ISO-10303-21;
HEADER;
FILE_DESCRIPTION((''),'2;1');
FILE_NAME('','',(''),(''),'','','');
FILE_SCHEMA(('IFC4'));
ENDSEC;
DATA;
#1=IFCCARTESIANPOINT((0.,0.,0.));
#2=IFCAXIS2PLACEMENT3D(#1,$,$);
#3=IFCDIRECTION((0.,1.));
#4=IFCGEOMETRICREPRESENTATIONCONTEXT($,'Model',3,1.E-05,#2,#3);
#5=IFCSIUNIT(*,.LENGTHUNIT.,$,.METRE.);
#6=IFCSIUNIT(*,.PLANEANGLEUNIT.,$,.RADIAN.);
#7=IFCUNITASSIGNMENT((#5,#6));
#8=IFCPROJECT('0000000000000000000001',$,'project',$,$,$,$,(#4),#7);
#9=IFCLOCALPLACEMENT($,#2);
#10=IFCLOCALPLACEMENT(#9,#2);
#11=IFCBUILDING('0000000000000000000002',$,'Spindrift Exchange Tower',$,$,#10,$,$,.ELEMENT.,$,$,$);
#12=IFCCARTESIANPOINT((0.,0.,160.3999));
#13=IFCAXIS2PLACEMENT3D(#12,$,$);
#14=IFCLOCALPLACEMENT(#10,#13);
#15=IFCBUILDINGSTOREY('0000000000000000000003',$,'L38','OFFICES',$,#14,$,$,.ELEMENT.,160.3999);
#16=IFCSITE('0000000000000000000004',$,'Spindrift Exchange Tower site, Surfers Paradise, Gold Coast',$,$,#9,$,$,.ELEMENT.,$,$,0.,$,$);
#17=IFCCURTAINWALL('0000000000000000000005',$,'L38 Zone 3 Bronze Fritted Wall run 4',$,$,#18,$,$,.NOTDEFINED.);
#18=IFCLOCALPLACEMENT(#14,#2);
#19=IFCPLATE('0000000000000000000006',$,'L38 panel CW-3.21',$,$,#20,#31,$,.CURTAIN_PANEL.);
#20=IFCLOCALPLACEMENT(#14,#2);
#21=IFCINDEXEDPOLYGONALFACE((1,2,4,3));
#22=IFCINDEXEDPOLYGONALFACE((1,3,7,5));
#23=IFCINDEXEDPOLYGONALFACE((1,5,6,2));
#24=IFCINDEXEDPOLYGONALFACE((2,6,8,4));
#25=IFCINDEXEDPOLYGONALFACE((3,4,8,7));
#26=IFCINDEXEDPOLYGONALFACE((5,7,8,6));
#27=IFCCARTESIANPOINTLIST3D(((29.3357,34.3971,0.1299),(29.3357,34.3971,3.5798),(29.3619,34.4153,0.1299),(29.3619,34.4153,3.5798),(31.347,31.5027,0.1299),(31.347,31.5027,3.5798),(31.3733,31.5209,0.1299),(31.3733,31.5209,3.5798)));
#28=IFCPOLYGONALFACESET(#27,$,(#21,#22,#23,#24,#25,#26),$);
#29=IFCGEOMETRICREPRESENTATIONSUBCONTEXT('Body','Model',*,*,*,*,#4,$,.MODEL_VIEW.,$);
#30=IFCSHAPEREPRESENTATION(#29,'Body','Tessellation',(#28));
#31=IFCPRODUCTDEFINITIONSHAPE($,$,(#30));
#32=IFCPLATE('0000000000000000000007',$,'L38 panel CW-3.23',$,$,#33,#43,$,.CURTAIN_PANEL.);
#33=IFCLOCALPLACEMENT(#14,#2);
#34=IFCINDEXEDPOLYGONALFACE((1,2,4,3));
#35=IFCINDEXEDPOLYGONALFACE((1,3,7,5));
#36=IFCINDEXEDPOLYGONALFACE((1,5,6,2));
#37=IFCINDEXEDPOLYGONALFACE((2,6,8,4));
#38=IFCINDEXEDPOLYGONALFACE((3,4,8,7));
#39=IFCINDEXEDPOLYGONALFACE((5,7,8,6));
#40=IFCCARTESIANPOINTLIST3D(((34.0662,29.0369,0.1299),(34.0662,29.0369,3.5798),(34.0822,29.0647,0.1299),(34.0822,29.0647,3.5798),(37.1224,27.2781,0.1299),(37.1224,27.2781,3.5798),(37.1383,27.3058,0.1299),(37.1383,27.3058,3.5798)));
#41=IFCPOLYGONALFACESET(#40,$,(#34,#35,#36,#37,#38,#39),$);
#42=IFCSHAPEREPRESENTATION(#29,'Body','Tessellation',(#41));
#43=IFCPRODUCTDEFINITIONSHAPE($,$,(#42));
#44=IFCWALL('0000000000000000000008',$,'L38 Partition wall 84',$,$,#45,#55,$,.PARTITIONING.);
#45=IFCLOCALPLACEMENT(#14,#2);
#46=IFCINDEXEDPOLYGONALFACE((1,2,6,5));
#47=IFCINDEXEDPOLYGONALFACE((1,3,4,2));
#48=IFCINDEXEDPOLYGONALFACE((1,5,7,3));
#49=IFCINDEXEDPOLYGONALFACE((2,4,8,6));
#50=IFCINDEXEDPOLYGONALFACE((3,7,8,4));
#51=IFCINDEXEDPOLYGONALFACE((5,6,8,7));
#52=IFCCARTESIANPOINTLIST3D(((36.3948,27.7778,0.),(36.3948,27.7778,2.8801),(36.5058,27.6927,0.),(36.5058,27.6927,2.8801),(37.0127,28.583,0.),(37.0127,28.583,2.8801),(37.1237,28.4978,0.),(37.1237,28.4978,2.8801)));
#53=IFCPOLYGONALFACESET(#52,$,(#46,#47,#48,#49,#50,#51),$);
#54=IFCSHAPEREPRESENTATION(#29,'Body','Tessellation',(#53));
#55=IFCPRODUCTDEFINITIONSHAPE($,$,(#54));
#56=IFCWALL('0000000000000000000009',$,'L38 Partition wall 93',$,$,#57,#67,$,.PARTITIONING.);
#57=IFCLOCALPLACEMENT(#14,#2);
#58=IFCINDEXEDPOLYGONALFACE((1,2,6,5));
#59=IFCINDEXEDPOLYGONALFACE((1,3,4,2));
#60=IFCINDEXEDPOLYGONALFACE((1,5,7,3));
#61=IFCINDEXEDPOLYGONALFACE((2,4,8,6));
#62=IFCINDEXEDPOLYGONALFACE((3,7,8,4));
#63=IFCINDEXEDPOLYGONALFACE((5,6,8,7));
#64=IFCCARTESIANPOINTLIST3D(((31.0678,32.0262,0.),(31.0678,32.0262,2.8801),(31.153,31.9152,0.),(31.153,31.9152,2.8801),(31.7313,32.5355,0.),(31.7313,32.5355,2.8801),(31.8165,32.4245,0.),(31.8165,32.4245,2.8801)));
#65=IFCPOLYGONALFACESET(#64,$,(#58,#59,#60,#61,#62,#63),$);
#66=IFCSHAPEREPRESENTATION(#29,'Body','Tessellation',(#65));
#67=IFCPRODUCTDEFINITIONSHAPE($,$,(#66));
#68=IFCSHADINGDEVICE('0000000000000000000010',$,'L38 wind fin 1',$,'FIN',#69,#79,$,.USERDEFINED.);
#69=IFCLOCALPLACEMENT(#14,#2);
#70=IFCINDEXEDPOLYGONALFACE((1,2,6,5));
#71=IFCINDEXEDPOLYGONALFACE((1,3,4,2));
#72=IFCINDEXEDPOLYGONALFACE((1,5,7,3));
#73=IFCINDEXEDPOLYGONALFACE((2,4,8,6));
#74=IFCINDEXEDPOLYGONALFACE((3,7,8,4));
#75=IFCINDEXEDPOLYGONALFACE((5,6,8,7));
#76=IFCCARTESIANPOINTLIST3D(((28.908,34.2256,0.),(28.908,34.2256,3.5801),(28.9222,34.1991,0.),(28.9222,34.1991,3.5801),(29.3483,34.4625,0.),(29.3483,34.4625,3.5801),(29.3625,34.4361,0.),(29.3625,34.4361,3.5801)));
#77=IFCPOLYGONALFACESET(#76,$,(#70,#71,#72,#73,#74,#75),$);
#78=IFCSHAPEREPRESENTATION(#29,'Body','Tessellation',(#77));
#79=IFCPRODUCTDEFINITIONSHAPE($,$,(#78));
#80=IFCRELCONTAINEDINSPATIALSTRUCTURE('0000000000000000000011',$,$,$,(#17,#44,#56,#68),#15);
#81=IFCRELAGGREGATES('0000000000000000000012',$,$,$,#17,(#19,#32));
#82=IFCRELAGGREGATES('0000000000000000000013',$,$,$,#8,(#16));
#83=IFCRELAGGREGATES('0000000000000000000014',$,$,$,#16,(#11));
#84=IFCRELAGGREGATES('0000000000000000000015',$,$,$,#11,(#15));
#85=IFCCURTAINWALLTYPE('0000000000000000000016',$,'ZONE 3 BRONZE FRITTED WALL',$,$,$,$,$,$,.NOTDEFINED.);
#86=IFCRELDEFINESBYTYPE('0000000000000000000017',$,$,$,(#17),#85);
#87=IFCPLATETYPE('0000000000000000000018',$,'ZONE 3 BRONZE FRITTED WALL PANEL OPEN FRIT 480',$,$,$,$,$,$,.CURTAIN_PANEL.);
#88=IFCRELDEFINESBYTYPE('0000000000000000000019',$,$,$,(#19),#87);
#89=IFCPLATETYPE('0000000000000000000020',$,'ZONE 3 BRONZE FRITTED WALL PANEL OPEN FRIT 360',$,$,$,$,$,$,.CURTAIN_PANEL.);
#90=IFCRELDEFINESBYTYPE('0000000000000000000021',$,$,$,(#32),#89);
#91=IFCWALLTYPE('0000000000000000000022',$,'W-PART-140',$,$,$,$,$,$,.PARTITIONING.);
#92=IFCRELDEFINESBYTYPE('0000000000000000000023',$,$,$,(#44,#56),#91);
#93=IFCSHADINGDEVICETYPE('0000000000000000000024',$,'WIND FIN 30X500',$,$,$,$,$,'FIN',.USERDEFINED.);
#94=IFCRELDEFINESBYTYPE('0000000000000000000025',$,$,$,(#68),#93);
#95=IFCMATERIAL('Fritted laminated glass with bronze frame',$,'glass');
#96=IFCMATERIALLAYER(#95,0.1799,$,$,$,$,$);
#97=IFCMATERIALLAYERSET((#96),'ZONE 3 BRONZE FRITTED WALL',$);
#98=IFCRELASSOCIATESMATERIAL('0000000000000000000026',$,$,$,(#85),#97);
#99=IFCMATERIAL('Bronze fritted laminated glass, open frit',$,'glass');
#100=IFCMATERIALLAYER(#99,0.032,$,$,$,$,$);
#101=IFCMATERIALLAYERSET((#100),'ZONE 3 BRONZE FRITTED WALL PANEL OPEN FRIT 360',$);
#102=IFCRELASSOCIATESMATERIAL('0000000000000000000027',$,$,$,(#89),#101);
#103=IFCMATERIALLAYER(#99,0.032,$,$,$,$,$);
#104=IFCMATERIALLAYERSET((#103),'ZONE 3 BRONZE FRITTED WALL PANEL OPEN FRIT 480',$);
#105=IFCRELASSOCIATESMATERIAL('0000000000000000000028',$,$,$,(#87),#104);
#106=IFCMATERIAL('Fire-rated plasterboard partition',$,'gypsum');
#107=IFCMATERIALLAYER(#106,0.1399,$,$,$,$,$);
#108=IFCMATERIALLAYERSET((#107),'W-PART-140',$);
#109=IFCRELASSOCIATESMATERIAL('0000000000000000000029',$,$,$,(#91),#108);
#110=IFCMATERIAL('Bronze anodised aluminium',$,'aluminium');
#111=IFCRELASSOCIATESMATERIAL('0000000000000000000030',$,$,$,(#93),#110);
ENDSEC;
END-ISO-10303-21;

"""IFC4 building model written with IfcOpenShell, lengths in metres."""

from ifc_helpers import new_model, si_unit, direction, frame, frame_2d, origin, origin_2d, place, context, subcontext, project, spatial, rectangle, extrude, source, transform, mapped, material, layer, layer_set, material_profile, profile_set, type_object, element, aggregate, save


model = new_model("IFC4")

# Units and contexts
model_context = context("Model", 3, precision=1e-05, world=origin(), true_north=direction((0.0, 1.0)))
body_context = subcontext(model_context, "Body", "Model", "MODEL_VIEW")
ifc_project = project(units=[si_unit("LENGTHUNIT", "METRE"), si_unit("PLANEANGLEUNIT", "RADIAN")], contexts=[model_context])

# Site, building, storey
site_placement = place(None, origin())
site = spatial("IfcSite", under=ifc_project, at=site_placement, Name="Spindrift Exchange Tower site, Surfers Paradise, Gold Coast", CompositionType="ELEMENT", RefElevation=0.0)
building_placement = place(site_placement, origin())
building = spatial("IfcBuilding", under=site, at=building_placement, Name="Spindrift Exchange Tower", CompositionType="ELEMENT")
storey_placement = place(building_placement, frame((0.0, 0.0, 160.3999)))
storey = spatial("IfcBuildingStorey", under=building, at=storey_placement, Name="L38", Description="OFFICES", CompositionType="ELEMENT", Elevation=160.3999)

# Curtain wall
ifc_material_1 = material(Name="Fritted laminated glass with bronze frame", Category="glass")
ifc_layer_1 = layer(ifc_material_1, 0.1799)
ifc_layer_set_1 = layer_set([ifc_layer_1], Name="ZONE 3 BRONZE FRITTED WALL")
curtain_wall_type = type_object("IfcCurtainWallType", Name="ZONE 3 BRONZE FRITTED WALL", PredefinedType="NOTDEFINED", material=ifc_layer_set_1)
curtain_wall_placement = place(storey_placement, origin())
curtain_wall = element("IfcCurtainWall", 1, at=curtain_wall_placement, inside=storey, type_object=curtain_wall_type, Name="L38 Zone 3 Bronze Fritted Wall run 4", PredefinedType="NOTDEFINED")
ifc_material_2 = material(Name="Bronze anodised aluminium", Category="aluminium")

# Plates
ifc_material_3 = material(Name="Bronze fritted laminated glass, open frit", Category="glass")
ifc_layer_2 = layer(ifc_material_3, 0.032)
ifc_layer_set_2 = layer_set([ifc_layer_2], Name="ZONE 3 BRONZE FRITTED WALL PANEL OPEN FRIT 360")
plate_type_1 = type_object("IfcPlateType", Name="ZONE 3 BRONZE FRITTED WALL PANEL OPEN FRIT 360", PredefinedType="CURTAIN_PANEL", material=ifc_layer_set_2)
ifc_layer_3 = layer(ifc_material_3, 0.032)
ifc_layer_set_3 = layer_set([ifc_layer_3], Name="ZONE 3 BRONZE FRITTED WALL PANEL OPEN FRIT 480")
plate_type_2 = type_object("IfcPlateType", Name="ZONE 3 BRONZE FRITTED WALL PANEL OPEN FRIT 480", PredefinedType="CURTAIN_PANEL", material=ifc_layer_set_3)
shared_shape_1 = source(origin(), body_context, "Body", "SweptSolid", [
    extrude(rectangle(XDim=3.5247, YDim=0.032, at=origin_2d()), origin(), (0.0, 0.0, 1.0), 3.45),
])
plate_1_placement = place(storey_placement, frame((30.3545, 32.959, 0.1299), z_axis=(0.0, 0.0, 1.0), x_axis=(0.570653, -0.821191, 0.0)))
plate_1 = element("IfcPlate", 2, at=plate_1_placement, type_object=plate_type_2, Name="L38 panel CW-3.21", PredefinedType="CURTAIN_PANEL", context=body_context, shape_type="MappedRepresentation", body=[
    mapped(shared_shape_1, transform((0.0, 0.0, 0.0), scale=1.0)),
])
shared_shape_2 = source(origin(), body_context, "Body", "SweptSolid", [
    extrude(rectangle(XDim=3.5261, YDim=0.032, at=origin_2d()), origin(), (0.0, 0.0, 1.0), 3.45),
])
plate_2_placement = place(storey_placement, frame((35.6023, 28.1714, 0.1299), z_axis=(0.0, 0.0, 1.0), x_axis=(0.866716, -0.498802, 0.0)))
plate_2 = element("IfcPlate", 3, at=plate_2_placement, type_object=plate_type_1, Name="L38 panel CW-3.23", PredefinedType="CURTAIN_PANEL", context=body_context, shape_type="MappedRepresentation", body=[
    mapped(shared_shape_2, transform((0.0, 0.0, 0.0), scale=1.0)),
])
aggregate(curtain_wall, [plate_1, plate_2])

# Walls
ifc_material_4 = material(Name="Fire-rated plasterboard partition", Category="gypsum")
ifc_layer_4 = layer(ifc_material_4, 0.1399)
ifc_layer_set_4 = layer_set([ifc_layer_4], Name="W-PART-140")
wall_type = type_object("IfcWallType", Name="W-PART-140", PredefinedType="PARTITIONING", material=ifc_layer_set_4)
wall_1_placement = place(storey_placement, frame((37.0681, 28.5403, 0.0), z_axis=(0.0, 0.0, 1.0), x_axis=(-0.608815, -0.793312, 0.0)))
element("IfcWall", 4, at=wall_1_placement, inside=storey, type_object=wall_type, Name="L38 Partition wall 84", PredefinedType="PARTITIONING", context=body_context, shape_type="SweptSolid", body=[
    extrude(rectangle(XDim=1.0149, YDim=0.1399, at=frame_2d((0.5073, 0.0))), origin(), (0.0, 0.0, 1.0), 2.8801),
])
wall_2_placement = place(storey_placement, frame((31.7739, 32.48, 0.0), z_axis=(0.0, 0.0, 1.0), x_axis=(-0.793296, -0.608836, 0.0)))
element("IfcWall", 5, at=wall_2_placement, inside=storey, type_object=wall_type, Name="L38 Partition wall 93", PredefinedType="PARTITIONING", context=body_context, shape_type="SweptSolid", body=[
    extrude(rectangle(XDim=0.8364, YDim=0.1399, at=frame_2d((0.4182, 0.0))), origin(), (0.0, 0.0, 1.0), 2.8801),
])

# Shading device
ifc_material_profile_1 = material_profile(ifc_material_2, rectangle(XDim=0.03, YDim=0.5, at=origin_2d()), Name="WIND FIN 30X500")
ifc_profile_set_1 = profile_set([ifc_material_profile_1], Name="Bronze anodised aluminium")
shading_device_type = type_object("IfcShadingDeviceType", Name="WIND FIN 30X500", ElementType="FIN", PredefinedType="USERDEFINED", material=ifc_profile_set_1)
shared_shape_3 = source(origin(), body_context, "Body", "SweptSolid", [
    extrude(rectangle(XDim=0.03, YDim=0.5, at=origin_2d()), origin(), (0.0, 0.0, 1.0), 3.5801),
])
shading_device_placement = place(storey_placement, frame((29.1353, 34.3308, 0.0), z_axis=(0.0, 0.0, 1.0), x_axis=(0.473924, -0.880566, 0.0)))
element("IfcShadingDevice", 6, at=shading_device_placement, inside=storey, type_object=shading_device_type, Name="L38 wind fin 1", ObjectType="FIN", PredefinedType="USERDEFINED", context=body_context, shape_type="MappedRepresentation", body=[
    mapped(shared_shape_3, transform((0.0, 0.0, 0.0), scale=1.0)),
])

save(model, "model.ifc")
